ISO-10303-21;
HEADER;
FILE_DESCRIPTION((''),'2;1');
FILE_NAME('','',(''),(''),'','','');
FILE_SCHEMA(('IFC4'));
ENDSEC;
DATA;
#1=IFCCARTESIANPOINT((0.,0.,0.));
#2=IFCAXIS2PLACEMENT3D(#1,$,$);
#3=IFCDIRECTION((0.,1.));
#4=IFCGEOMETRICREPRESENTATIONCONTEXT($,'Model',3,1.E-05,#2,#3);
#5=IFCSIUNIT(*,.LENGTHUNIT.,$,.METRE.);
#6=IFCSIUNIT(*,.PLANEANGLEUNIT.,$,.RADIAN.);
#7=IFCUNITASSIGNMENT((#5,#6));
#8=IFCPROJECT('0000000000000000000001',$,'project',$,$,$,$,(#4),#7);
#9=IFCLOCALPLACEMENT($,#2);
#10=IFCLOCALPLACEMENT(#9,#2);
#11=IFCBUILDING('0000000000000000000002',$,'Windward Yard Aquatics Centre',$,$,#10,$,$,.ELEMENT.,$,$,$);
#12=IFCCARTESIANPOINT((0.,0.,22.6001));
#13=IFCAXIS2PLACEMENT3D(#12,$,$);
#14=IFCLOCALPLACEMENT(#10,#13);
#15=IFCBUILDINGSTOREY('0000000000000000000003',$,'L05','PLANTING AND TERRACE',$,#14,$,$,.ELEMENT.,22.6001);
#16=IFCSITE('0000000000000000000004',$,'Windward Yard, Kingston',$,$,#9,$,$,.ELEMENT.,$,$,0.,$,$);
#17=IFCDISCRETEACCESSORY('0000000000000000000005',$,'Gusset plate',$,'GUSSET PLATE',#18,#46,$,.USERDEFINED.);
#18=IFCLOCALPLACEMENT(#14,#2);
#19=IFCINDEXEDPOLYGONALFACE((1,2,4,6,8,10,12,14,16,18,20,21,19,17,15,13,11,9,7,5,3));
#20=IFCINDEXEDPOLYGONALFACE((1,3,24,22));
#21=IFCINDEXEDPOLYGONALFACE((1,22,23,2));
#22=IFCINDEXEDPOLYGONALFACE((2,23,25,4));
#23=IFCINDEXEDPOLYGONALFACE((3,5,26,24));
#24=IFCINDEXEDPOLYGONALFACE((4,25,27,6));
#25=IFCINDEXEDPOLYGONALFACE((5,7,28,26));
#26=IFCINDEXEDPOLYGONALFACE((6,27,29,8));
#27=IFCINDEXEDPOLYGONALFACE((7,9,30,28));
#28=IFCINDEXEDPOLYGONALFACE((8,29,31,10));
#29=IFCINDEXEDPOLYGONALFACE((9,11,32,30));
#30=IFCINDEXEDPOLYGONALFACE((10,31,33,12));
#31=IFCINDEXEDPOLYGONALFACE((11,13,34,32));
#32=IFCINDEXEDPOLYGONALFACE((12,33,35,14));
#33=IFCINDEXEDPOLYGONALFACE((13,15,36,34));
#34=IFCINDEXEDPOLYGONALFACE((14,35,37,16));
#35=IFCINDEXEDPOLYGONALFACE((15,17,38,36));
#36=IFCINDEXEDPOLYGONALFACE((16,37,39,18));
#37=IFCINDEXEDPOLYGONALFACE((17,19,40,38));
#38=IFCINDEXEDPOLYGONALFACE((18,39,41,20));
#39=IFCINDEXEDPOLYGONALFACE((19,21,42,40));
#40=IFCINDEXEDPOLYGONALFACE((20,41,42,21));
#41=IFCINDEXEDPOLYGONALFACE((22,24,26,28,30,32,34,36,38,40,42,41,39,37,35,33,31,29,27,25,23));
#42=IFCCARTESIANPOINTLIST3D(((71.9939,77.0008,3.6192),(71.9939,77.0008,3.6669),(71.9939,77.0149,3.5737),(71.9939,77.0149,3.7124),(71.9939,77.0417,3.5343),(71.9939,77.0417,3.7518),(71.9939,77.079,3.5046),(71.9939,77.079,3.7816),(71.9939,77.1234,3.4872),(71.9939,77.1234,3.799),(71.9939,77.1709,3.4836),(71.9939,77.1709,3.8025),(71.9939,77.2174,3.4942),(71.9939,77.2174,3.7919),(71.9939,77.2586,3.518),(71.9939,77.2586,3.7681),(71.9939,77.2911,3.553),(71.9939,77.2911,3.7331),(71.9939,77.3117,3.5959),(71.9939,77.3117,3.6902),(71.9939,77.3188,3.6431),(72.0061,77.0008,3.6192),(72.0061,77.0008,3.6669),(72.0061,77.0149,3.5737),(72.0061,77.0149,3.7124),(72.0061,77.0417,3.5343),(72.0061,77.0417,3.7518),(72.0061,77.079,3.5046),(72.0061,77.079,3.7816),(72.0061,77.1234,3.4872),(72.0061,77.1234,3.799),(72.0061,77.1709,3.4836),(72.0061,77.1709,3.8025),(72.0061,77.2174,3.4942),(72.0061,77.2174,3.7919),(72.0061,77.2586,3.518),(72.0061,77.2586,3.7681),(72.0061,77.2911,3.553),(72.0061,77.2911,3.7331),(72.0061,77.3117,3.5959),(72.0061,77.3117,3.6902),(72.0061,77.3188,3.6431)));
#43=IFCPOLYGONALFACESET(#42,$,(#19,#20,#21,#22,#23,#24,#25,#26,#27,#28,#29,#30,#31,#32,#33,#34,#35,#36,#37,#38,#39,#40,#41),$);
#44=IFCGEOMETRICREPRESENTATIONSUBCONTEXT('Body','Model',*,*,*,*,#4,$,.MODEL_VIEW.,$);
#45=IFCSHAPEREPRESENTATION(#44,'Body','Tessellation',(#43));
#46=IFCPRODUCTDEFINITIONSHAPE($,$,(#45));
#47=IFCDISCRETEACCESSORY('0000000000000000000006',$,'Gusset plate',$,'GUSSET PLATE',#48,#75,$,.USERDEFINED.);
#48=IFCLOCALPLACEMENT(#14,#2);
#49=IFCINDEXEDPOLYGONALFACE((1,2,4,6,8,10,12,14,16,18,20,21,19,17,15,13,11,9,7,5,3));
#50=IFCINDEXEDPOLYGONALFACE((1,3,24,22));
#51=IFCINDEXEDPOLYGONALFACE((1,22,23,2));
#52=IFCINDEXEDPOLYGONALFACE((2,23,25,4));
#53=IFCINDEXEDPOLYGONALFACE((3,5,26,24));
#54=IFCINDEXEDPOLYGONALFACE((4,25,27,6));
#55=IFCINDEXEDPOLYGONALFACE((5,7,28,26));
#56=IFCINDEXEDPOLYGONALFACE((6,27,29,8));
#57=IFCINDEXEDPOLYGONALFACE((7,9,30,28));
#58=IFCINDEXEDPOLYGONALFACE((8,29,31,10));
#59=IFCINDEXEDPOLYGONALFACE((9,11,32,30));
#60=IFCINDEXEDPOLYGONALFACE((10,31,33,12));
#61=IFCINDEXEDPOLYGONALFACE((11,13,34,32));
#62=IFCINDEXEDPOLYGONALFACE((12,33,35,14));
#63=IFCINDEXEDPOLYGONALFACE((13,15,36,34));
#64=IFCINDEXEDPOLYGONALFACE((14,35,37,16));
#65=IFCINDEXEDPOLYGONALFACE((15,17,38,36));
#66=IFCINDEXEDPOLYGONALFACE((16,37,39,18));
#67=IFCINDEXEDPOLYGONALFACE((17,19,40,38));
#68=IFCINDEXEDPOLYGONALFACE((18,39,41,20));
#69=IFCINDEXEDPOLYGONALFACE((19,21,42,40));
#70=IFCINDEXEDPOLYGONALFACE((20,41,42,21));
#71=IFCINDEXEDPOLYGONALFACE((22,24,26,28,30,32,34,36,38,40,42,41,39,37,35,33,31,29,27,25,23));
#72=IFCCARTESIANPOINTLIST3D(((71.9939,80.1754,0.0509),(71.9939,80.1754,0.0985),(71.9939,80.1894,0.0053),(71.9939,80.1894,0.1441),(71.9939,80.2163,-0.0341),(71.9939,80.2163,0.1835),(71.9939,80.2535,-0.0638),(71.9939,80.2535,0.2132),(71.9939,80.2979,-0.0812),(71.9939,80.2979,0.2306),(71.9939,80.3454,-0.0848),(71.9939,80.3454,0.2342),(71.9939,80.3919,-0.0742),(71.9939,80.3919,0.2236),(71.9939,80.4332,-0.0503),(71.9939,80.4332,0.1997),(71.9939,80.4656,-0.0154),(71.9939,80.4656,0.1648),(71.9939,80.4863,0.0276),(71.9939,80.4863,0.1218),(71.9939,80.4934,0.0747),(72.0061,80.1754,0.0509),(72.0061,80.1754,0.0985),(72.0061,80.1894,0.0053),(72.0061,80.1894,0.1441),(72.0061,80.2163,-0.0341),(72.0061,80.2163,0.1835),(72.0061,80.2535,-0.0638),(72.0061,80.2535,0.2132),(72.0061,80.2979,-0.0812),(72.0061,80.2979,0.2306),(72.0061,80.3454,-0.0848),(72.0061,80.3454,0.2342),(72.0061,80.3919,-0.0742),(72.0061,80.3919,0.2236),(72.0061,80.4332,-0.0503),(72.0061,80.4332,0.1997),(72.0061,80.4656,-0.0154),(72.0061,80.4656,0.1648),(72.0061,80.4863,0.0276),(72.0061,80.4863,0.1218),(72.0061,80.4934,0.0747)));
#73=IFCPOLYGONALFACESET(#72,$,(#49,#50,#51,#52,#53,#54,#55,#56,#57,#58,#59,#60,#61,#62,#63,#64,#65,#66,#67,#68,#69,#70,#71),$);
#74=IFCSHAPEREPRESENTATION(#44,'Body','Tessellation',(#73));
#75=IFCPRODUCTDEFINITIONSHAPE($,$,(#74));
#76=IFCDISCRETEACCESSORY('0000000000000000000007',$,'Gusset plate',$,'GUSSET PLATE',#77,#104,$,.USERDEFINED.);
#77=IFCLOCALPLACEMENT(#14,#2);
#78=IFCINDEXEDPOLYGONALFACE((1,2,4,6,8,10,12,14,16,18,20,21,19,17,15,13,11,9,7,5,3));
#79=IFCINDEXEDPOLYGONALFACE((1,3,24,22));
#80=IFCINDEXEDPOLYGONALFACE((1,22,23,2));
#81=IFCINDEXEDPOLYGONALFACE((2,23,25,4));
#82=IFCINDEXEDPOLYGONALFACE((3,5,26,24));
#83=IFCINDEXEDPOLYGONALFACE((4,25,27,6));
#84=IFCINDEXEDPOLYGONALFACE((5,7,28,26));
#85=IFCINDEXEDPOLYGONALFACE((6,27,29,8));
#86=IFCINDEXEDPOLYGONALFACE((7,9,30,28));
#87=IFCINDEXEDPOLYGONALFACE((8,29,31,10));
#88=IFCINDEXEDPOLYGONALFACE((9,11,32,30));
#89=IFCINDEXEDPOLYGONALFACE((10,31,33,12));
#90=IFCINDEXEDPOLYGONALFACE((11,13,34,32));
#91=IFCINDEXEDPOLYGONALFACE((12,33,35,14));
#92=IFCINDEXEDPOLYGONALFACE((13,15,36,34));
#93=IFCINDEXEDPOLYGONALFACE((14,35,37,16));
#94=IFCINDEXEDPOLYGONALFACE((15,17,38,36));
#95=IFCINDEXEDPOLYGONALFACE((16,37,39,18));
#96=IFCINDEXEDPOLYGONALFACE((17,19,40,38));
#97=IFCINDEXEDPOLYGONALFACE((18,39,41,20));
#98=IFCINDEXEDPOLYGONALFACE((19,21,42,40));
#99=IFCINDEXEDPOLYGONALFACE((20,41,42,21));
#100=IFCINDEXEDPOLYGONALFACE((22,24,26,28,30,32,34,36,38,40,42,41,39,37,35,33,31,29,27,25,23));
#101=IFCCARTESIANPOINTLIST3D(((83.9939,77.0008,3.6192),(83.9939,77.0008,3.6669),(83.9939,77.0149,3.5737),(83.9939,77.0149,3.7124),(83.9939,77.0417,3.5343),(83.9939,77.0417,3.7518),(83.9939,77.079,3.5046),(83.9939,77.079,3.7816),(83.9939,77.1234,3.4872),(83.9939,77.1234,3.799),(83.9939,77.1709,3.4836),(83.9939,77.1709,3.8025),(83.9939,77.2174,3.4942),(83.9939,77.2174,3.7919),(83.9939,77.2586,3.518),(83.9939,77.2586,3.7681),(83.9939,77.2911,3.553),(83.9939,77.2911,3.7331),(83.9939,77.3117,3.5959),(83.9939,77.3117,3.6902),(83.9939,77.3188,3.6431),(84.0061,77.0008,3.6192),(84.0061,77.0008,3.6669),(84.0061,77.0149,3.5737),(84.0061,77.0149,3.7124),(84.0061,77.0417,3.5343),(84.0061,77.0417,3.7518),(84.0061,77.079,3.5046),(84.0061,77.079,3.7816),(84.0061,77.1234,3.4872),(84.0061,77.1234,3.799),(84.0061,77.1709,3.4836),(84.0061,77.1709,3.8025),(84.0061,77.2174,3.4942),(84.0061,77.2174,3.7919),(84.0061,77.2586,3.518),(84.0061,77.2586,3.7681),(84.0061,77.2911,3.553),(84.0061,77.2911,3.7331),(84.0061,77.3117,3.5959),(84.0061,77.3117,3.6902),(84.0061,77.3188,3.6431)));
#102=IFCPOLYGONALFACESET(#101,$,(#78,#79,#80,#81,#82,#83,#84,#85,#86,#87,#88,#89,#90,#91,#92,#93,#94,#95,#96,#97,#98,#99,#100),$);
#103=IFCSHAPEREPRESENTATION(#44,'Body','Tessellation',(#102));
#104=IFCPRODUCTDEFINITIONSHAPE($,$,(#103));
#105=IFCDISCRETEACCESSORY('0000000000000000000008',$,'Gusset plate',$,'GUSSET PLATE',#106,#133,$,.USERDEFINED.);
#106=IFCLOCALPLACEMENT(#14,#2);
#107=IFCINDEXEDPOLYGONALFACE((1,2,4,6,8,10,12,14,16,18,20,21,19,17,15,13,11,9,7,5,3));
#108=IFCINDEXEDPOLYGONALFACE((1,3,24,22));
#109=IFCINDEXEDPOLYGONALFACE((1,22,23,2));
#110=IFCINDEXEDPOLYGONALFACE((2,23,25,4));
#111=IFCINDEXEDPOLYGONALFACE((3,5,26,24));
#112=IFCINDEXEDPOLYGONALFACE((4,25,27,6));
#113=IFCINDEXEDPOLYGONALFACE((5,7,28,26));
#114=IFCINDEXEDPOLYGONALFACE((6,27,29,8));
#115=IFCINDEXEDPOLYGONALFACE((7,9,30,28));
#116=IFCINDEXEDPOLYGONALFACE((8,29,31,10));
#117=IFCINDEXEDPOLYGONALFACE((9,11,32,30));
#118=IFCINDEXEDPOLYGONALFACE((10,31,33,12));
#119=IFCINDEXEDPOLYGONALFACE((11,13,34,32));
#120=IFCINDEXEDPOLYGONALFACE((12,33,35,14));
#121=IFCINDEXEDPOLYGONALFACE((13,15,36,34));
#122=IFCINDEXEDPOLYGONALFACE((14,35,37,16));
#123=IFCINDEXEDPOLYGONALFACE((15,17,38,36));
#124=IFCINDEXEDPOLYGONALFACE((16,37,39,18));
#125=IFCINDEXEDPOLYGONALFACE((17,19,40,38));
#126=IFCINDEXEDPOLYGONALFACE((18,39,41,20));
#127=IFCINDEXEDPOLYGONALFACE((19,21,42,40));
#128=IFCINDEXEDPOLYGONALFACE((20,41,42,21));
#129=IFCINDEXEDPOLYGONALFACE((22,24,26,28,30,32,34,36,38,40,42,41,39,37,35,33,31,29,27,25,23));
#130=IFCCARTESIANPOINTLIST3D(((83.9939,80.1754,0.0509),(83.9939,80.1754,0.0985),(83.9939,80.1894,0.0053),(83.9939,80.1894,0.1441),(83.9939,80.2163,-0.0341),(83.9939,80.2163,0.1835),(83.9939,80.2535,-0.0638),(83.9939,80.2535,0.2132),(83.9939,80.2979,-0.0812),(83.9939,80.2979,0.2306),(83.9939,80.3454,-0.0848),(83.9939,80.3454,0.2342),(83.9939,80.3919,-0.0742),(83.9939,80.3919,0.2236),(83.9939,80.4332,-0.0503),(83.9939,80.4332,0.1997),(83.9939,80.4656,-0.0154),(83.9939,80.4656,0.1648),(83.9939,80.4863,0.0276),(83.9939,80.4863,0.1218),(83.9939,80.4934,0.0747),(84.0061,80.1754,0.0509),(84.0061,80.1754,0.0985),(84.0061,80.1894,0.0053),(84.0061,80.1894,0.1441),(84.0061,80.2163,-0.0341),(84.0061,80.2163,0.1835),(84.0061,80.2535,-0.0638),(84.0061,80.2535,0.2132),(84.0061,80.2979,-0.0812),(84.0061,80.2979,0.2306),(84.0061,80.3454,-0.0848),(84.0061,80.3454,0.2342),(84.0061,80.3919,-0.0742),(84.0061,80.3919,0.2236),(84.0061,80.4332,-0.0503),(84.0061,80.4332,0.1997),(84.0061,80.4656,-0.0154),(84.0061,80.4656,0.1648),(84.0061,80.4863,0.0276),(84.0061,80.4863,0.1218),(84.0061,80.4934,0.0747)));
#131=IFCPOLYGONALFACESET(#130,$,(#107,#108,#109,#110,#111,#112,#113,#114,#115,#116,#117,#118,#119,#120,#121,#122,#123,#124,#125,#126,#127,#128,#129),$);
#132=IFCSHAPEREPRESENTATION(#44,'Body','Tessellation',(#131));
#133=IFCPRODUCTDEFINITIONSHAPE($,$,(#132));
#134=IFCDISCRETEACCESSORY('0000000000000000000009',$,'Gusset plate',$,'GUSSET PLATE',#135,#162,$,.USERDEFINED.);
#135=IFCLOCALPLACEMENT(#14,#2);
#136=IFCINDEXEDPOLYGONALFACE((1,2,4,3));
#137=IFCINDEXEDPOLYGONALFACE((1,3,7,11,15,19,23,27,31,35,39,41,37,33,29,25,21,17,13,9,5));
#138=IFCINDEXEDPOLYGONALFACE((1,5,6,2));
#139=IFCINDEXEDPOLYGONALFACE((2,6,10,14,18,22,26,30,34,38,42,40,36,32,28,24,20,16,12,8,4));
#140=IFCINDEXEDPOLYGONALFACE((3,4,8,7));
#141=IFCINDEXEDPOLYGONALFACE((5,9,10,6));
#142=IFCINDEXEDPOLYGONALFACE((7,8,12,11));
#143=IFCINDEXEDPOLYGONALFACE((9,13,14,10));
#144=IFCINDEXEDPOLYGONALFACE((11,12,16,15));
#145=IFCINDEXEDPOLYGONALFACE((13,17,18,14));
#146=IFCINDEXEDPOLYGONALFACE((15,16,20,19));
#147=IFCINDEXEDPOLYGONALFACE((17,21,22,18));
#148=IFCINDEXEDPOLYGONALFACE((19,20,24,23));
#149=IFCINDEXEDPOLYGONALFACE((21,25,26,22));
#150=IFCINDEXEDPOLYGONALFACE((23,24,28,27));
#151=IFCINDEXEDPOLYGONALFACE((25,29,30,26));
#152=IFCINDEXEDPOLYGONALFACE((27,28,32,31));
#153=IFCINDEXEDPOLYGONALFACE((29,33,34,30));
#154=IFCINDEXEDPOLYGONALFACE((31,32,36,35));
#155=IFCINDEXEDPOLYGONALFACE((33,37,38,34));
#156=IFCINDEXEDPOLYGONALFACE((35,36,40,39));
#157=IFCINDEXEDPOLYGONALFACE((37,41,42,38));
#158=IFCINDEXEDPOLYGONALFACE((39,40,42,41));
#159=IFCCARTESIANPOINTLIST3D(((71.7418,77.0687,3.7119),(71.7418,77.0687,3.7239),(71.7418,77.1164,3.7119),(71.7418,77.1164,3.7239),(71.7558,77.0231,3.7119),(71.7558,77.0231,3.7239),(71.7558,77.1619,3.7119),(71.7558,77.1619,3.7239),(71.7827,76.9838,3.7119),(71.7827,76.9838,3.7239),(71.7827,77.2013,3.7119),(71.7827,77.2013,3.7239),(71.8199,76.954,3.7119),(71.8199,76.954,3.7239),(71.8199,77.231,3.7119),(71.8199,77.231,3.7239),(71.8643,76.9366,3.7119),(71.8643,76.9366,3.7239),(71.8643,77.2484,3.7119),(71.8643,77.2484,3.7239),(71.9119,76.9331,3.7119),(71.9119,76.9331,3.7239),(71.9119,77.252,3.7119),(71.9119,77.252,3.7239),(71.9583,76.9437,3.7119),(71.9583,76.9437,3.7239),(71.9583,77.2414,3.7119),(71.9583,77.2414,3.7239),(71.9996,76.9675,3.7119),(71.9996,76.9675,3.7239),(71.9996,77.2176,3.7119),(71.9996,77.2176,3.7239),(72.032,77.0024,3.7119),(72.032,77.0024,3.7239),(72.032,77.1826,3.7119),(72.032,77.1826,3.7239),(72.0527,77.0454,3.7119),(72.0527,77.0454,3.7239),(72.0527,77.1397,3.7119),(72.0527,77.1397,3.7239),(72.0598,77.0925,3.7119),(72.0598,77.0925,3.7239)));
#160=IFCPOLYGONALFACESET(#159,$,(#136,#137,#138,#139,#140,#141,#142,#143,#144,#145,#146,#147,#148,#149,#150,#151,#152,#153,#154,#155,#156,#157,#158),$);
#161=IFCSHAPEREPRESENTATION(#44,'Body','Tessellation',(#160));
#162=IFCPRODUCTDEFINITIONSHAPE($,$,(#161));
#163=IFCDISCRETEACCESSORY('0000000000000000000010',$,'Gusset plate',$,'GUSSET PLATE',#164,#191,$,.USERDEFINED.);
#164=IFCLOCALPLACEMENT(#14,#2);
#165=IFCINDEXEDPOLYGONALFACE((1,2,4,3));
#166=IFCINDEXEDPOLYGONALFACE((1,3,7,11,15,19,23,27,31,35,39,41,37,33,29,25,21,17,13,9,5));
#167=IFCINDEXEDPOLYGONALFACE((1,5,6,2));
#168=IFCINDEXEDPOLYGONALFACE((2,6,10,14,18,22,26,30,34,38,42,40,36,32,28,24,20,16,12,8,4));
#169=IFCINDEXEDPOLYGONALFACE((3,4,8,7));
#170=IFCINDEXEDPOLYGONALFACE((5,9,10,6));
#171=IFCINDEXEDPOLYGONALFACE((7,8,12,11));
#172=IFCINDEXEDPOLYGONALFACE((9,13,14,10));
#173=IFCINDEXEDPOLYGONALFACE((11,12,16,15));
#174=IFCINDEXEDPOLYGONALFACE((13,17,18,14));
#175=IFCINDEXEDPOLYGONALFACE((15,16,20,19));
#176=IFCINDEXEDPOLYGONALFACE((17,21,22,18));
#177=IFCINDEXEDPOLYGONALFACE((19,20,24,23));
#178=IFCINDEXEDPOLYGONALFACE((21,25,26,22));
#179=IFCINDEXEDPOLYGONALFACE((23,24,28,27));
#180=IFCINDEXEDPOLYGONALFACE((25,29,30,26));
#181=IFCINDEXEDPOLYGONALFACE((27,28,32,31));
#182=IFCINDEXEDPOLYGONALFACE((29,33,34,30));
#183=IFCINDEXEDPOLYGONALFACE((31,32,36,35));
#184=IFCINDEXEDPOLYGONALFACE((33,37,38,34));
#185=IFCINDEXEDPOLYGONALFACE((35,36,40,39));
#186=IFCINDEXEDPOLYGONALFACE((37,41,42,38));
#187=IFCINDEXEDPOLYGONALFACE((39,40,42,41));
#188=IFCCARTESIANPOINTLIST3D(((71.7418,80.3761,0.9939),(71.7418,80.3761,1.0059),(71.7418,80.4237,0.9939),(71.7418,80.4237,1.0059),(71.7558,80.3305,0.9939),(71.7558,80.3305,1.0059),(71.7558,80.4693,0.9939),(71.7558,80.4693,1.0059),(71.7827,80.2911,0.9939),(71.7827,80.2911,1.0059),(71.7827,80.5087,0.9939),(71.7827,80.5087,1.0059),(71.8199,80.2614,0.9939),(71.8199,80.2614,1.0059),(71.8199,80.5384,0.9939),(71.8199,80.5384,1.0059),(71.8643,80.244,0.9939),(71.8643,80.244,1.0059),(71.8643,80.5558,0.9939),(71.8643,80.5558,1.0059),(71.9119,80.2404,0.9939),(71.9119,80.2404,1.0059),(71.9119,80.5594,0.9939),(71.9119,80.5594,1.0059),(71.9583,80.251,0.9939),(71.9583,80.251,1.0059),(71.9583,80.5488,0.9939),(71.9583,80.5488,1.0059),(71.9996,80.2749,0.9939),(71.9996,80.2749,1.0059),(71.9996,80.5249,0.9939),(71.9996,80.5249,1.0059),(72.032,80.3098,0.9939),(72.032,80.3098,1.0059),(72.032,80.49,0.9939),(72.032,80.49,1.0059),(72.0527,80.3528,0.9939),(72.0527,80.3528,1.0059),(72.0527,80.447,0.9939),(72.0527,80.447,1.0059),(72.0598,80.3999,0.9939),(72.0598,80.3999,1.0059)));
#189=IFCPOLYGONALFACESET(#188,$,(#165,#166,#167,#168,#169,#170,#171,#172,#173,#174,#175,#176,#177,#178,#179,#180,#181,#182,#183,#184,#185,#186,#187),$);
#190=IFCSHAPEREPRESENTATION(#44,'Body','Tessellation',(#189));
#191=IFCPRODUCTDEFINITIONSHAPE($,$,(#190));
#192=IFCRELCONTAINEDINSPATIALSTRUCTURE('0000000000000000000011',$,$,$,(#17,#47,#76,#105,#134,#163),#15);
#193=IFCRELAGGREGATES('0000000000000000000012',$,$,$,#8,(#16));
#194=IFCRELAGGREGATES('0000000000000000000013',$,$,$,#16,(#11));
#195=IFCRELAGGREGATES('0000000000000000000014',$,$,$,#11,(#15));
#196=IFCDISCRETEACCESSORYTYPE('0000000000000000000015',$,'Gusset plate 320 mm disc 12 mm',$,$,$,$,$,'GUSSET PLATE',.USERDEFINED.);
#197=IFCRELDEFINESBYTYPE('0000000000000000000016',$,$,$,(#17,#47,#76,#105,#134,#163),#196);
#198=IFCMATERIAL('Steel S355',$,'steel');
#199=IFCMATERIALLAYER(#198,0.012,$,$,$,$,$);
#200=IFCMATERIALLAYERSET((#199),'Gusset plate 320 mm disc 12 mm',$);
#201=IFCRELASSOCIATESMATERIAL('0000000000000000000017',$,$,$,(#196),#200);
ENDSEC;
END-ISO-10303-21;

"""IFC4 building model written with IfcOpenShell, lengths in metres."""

from ifc_helpers import new_model, si_unit, direction, frame, origin, origin_2d, place, context, subcontext, project, spatial, circle, extrude, material, layer, layer_set, type_object, element, save


model = new_model("IFC4")

# Units and contexts
model_context = context("Model", 3, precision=1e-05, world=origin(), true_north=direction((0.0, 1.0)))
body_context = subcontext(model_context, "Body", "Model", "MODEL_VIEW")
ifc_project = project(units=[si_unit("LENGTHUNIT", "METRE"), si_unit("PLANEANGLEUNIT", "RADIAN")], contexts=[model_context])

# Site, building, storey
site_placement = place(None, origin())
site = spatial("IfcSite", under=ifc_project, at=site_placement, Name="Windward Yard, Kingston", CompositionType="ELEMENT", RefElevation=0.0)
building_placement = place(site_placement, origin())
building = spatial("IfcBuilding", under=site, at=building_placement, Name="Windward Yard Aquatics Centre", CompositionType="ELEMENT")
storey_placement = place(building_placement, frame((0.0, 0.0, 22.6001)))
storey = spatial("IfcBuildingStorey", under=building, at=storey_placement, Name="L05", Description="PLANTING AND TERRACE", CompositionType="ELEMENT", Elevation=22.6001)

# Discrete accessories
ifc_material_1 = material(Name="Steel S355", Category="steel")
ifc_layer_1 = layer(ifc_material_1, 0.012)
ifc_layer_set_1 = layer_set([ifc_layer_1], Name="Gusset plate 320 mm disc 12 mm")
discrete_accessory_type = type_object("IfcDiscreteAccessoryType", Name="Gusset plate 320 mm disc 12 mm", ElementType="GUSSET PLATE", PredefinedType="USERDEFINED", material=ifc_layer_set_1)
for number, where, z_axis, x_axis, name in (
    (1, (71.9939, 77.1589, 3.6431), (1.0, 0.0, 0.0), (0.0, 1.0, 0.0), "Gusset plate"),
    (2, (71.9939, 80.3335, 0.0747), (1.0, 0.0, 0.0), (0.0, 1.0, 0.0), "Gusset plate"),
    (3, (83.9939, 77.1589, 3.6431), (1.0, 0.0, 0.0), (0.0, 1.0, 0.0), "Gusset plate"),
    (4, (83.9939, 80.3335, 0.0747), (1.0, 0.0, 0.0), (0.0, 1.0, 0.0), "Gusset plate"),
):
    element("IfcDiscreteAccessory", number, at=place(storey_placement, frame(where, z_axis=z_axis, x_axis=x_axis)), inside=storey, type_object=discrete_accessory_type, Name=name, ObjectType="GUSSET PLATE", PredefinedType="USERDEFINED", context=body_context, shape_type="SweptSolid", body=[
        extrude(circle(Radius=0.1599, at=origin_2d()), origin(), (0.0, 0.0, 1.0), 0.0122),
    ])
for number, where, z_axis, x_axis, name in (
    (5, (71.8999, 77.0925, 3.7119), (0.0, 0.0, 1.0), (1.0, 0.0, 0.0), "Gusset plate"),
    (6, (71.8999, 80.3999, 0.9939), (0.0, 0.0, 1.0), (1.0, 0.0, 0.0), "Gusset plate"),
):
    element("IfcDiscreteAccessory", number, at=place(storey_placement, frame(where, z_axis=z_axis, x_axis=x_axis)), inside=storey, type_object=discrete_accessory_type, Name=name, ObjectType="GUSSET PLATE", PredefinedType="USERDEFINED", context=body_context, shape_type="SweptSolid", body=[
        extrude(circle(Radius=0.1599, at=origin_2d()), origin(), (0.0, 0.0, 1.0), 0.012),
    ])

save(model, "model.ifc")
